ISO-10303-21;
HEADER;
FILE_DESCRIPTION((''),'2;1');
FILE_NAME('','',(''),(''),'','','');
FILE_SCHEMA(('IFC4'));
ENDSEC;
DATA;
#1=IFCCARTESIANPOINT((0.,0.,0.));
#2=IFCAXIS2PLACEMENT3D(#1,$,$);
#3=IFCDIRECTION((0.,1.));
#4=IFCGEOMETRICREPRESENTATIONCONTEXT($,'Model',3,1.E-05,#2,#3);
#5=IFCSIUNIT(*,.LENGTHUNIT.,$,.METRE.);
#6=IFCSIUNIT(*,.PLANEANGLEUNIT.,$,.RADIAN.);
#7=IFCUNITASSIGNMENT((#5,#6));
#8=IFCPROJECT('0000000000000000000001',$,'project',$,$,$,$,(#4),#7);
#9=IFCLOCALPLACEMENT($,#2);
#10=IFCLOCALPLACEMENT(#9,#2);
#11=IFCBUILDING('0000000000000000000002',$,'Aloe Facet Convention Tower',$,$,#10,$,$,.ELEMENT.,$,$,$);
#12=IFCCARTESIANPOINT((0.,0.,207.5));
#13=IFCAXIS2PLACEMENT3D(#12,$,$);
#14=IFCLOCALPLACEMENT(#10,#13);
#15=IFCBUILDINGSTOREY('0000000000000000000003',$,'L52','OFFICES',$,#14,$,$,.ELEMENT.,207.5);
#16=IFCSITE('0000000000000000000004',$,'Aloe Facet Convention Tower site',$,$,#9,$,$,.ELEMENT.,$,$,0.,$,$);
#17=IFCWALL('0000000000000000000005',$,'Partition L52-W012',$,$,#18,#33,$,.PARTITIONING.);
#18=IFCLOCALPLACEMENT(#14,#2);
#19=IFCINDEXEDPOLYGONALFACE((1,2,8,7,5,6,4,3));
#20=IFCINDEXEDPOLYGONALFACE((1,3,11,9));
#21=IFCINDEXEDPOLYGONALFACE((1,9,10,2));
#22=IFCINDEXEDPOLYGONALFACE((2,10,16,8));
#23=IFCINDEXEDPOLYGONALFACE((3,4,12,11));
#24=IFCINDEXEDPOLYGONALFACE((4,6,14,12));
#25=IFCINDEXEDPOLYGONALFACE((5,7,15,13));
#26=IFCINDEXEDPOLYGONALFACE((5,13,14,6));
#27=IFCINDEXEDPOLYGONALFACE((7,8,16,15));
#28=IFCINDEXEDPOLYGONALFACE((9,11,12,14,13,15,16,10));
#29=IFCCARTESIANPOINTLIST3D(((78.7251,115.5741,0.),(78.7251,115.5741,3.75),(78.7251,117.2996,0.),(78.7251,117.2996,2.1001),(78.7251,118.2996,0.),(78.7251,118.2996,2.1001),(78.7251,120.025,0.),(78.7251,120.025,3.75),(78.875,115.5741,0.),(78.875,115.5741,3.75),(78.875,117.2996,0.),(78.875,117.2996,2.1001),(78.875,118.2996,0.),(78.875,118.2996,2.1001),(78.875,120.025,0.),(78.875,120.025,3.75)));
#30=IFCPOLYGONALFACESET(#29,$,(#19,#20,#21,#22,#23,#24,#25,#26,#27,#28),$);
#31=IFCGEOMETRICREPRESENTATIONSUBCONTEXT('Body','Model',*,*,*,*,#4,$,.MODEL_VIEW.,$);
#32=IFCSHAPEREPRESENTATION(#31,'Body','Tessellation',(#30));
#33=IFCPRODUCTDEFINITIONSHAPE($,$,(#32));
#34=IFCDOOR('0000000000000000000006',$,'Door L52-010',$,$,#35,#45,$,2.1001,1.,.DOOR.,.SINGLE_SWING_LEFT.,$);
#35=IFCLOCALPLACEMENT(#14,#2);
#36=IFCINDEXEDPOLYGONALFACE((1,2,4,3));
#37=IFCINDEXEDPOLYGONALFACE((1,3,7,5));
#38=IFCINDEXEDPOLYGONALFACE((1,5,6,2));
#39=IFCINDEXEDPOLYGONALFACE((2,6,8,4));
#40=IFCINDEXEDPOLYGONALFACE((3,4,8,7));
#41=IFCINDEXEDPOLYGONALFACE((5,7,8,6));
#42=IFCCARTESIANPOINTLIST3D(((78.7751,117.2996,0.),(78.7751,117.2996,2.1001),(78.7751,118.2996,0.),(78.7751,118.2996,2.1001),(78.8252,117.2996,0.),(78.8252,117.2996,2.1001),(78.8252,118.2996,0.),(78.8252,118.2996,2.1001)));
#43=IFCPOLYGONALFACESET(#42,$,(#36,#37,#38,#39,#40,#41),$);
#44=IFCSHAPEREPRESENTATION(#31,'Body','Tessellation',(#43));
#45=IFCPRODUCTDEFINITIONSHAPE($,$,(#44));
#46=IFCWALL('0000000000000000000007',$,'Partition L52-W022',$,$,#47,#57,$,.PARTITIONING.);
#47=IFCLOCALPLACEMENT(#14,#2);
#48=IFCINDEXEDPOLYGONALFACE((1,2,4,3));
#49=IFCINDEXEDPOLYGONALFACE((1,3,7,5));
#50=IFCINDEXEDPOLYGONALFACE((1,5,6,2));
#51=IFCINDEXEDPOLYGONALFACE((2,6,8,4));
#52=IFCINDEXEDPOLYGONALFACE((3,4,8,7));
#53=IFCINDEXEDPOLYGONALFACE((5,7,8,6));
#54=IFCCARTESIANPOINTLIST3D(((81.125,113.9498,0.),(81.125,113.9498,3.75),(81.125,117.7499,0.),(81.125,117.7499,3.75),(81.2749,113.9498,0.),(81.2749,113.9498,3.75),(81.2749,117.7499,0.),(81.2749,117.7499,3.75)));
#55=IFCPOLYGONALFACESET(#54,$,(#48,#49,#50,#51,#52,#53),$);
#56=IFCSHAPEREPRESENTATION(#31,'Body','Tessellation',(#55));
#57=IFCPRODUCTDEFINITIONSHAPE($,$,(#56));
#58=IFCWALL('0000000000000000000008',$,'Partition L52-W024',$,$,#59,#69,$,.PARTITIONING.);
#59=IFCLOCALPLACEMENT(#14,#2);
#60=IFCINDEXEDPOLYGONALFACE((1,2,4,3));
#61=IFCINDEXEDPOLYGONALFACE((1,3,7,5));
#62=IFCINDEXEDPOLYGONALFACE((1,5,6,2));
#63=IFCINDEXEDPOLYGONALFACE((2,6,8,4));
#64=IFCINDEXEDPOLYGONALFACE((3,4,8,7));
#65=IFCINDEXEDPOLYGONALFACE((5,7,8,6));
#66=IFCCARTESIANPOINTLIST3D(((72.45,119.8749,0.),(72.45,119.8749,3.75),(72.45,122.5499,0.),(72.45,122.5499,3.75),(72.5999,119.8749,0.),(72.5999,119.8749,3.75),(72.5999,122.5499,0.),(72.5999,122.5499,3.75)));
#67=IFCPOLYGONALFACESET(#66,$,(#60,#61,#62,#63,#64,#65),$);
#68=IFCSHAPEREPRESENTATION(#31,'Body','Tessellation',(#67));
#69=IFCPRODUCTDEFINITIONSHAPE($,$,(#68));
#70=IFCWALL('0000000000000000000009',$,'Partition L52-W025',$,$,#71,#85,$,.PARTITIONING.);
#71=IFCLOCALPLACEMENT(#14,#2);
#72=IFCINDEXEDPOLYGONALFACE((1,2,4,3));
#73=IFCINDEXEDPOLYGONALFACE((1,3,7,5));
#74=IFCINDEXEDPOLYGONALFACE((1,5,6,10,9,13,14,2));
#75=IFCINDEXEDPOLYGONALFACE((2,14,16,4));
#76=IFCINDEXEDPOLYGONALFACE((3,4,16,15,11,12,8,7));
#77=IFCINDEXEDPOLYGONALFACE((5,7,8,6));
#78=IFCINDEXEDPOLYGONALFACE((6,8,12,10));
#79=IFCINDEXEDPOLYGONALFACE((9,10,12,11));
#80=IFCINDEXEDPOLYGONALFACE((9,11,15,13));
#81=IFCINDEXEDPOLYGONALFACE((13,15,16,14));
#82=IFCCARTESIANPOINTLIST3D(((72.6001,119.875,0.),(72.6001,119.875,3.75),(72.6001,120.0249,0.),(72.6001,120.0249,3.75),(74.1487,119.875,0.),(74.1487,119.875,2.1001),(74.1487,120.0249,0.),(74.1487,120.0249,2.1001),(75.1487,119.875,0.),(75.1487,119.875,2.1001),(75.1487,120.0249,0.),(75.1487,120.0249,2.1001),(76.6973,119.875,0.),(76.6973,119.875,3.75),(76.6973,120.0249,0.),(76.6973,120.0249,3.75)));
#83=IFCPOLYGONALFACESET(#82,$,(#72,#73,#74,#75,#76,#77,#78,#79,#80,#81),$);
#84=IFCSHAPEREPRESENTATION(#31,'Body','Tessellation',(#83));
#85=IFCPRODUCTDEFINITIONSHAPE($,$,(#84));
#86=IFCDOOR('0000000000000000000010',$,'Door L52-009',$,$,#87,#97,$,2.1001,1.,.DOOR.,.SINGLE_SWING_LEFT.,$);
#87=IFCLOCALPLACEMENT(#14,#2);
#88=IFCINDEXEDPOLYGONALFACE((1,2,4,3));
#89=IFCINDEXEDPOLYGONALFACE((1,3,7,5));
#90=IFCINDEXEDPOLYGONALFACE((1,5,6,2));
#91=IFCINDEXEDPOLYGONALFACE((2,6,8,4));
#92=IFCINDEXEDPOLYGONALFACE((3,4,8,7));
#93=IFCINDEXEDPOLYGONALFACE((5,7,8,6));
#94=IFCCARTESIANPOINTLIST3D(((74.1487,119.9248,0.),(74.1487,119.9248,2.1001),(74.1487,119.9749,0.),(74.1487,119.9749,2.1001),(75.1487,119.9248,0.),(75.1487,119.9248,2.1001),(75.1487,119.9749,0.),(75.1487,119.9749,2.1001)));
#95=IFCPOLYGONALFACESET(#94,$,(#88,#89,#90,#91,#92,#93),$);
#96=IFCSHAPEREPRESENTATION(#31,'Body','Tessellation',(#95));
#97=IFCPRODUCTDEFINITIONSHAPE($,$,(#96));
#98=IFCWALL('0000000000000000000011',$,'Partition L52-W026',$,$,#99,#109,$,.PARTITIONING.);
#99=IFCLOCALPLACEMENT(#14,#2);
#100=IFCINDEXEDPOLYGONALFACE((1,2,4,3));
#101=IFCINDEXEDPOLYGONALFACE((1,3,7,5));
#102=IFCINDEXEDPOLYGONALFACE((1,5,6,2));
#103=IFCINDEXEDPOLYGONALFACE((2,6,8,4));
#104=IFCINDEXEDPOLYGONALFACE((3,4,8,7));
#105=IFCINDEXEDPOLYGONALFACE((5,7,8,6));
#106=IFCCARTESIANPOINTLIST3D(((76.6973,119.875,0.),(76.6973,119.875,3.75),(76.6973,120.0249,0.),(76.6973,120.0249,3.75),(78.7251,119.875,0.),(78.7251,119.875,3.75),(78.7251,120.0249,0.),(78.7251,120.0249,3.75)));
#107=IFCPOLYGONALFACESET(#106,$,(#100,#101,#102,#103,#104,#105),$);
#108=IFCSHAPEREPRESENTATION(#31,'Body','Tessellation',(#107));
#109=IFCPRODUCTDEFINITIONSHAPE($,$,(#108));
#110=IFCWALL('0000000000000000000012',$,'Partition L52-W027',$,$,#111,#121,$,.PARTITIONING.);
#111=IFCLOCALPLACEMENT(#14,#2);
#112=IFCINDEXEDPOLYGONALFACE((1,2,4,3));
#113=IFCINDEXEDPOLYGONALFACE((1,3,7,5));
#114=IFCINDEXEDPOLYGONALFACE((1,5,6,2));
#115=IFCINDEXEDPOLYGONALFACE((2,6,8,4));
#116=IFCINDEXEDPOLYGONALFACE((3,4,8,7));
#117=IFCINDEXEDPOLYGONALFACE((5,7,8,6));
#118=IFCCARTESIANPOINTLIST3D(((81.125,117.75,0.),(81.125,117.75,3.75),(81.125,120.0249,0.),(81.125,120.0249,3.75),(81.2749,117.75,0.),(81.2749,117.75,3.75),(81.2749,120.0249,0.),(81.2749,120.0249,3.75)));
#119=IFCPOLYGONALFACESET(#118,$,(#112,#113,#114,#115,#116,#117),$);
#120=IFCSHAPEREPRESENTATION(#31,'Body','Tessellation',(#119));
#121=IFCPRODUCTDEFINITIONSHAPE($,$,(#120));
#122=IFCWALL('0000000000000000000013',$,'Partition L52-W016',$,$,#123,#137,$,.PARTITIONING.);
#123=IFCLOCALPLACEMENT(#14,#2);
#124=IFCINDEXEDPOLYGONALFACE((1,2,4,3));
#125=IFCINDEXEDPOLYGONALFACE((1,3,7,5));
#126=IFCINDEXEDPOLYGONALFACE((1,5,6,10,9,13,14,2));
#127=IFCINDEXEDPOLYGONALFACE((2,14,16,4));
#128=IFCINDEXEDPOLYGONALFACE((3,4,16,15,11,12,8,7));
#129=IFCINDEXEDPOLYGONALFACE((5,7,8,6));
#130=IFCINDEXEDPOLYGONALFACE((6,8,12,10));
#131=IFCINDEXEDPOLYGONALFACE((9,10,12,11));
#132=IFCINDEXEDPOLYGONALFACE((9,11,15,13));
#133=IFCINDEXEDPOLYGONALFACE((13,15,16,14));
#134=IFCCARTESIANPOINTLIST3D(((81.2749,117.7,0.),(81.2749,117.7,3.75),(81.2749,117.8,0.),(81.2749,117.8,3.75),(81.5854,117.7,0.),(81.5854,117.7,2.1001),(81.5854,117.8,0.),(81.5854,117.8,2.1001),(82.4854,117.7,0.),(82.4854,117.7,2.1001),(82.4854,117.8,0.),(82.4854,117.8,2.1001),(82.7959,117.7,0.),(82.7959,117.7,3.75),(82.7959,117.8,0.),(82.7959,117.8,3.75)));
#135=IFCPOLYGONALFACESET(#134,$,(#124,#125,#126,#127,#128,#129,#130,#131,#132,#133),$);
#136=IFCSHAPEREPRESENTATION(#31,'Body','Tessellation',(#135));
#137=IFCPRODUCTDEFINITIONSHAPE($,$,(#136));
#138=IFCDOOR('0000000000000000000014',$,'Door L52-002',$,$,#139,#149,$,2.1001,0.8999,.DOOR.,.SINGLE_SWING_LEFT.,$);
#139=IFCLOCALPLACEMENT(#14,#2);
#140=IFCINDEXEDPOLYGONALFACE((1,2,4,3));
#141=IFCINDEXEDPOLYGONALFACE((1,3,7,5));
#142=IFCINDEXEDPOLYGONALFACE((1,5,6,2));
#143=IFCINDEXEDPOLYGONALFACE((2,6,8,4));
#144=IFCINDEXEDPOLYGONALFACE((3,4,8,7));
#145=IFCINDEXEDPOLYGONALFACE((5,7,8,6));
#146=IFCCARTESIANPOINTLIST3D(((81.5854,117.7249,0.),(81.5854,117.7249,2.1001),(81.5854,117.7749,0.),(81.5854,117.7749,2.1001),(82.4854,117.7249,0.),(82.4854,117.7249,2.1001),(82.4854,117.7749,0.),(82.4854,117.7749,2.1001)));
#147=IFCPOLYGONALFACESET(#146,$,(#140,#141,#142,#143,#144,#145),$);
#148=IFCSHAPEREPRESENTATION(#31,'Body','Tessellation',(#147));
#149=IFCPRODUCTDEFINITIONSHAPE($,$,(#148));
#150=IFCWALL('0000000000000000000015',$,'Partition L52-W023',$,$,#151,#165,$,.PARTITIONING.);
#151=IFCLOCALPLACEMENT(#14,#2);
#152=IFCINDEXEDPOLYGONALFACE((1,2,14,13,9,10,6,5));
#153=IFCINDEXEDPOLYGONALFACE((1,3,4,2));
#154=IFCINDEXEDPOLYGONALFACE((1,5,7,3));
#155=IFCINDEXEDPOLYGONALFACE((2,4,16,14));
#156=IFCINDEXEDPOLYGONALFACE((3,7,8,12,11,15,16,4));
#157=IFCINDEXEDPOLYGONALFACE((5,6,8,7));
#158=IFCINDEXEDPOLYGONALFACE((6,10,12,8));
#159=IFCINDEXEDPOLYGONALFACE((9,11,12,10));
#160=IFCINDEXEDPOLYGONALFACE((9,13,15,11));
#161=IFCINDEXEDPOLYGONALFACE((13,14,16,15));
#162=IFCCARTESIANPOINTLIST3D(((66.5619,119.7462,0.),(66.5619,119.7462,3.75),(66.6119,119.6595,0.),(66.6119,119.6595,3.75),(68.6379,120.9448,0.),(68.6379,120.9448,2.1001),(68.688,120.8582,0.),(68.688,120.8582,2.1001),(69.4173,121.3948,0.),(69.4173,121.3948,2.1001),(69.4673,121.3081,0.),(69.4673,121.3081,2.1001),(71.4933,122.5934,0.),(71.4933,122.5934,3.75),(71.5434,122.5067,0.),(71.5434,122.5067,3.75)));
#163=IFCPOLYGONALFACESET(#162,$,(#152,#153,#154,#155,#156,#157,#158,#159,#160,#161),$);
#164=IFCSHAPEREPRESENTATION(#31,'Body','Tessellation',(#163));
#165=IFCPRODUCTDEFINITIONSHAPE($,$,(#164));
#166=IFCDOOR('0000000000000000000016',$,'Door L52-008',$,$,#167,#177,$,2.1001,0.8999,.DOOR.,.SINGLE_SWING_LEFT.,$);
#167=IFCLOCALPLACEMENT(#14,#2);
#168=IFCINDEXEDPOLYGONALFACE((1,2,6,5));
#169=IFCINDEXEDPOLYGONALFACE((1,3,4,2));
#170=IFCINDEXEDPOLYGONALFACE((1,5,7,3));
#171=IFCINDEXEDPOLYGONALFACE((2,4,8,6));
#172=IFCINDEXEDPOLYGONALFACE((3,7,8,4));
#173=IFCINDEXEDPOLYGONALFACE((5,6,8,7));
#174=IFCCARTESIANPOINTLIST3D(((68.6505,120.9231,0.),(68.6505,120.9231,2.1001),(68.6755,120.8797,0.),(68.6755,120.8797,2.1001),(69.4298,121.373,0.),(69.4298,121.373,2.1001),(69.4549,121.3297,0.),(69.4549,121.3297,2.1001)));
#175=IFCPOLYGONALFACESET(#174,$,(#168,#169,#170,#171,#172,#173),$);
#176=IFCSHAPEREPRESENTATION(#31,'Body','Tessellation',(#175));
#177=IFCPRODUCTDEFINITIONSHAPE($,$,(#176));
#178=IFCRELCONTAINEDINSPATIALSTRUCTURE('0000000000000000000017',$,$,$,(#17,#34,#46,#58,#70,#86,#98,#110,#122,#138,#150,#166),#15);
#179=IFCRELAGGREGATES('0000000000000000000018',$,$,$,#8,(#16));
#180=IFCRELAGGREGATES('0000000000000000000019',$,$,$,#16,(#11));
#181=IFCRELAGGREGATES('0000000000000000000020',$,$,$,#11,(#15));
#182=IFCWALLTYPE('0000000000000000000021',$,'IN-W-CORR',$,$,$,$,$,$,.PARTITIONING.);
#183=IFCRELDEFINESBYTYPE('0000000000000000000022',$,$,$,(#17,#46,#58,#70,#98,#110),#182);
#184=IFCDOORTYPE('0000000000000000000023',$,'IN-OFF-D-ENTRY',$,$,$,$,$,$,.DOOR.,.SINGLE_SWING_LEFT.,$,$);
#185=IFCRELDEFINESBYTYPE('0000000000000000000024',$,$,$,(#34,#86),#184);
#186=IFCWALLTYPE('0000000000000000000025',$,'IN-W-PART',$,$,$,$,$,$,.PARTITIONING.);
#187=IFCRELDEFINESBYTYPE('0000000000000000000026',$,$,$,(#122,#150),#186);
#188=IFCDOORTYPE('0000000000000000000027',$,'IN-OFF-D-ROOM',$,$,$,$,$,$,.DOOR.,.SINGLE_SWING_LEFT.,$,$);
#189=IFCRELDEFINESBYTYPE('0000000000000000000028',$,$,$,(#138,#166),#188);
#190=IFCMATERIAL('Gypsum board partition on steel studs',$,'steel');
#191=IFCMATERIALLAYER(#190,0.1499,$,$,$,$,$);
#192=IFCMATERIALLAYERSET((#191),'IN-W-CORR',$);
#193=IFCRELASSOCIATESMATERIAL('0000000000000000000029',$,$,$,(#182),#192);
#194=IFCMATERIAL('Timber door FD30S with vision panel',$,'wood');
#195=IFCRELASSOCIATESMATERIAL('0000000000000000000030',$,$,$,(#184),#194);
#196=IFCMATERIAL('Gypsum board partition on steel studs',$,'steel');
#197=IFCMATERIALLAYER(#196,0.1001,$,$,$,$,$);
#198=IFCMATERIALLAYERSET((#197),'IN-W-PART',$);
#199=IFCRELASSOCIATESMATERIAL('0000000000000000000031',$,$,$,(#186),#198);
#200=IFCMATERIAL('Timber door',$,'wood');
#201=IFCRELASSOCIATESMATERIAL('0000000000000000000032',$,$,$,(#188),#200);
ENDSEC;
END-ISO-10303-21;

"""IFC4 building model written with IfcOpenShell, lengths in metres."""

from ifc_helpers import new_model, si_unit, direction, frame, frame_2d, origin, place, context, subcontext, project, spatial, rectangle, extrude, material, layer, layer_set, type_object, element, fill, save


model = new_model("IFC4")

# Units and contexts
model_context = context("Model", 3, precision=1e-05, world=origin(), true_north=direction((0.0, 1.0)))
body_context = subcontext(model_context, "Body", "Model", "MODEL_VIEW")
ifc_project = project(units=[si_unit("LENGTHUNIT", "METRE"), si_unit("PLANEANGLEUNIT", "RADIAN")], contexts=[model_context])

# Site, building, storey
site_placement = place(None, origin())
site = spatial("IfcSite", under=ifc_project, at=site_placement, Name="Aloe Facet Convention Tower site", CompositionType="ELEMENT", RefElevation=0.0)
building_placement = place(site_placement, origin())
building = spatial("IfcBuilding", under=site, at=building_placement, Name="Aloe Facet Convention Tower", CompositionType="ELEMENT")
storey_placement = place(building_placement, frame((0.0, 0.0, 207.5)))
storey = spatial("IfcBuildingStorey", under=building, at=storey_placement, Name="L52", Description="OFFICES", CompositionType="ELEMENT", Elevation=207.5)

# Wall, opening, door
ifc_material_1 = material(Name="Gypsum board partition on steel studs", Category="steel")
ifc_layer_1 = layer(ifc_material_1, 0.1499)
ifc_layer_set_1 = layer_set([ifc_layer_1], Name="IN-W-CORR")
wall_type_1 = type_object("IfcWallType", Name="IN-W-CORR", PredefinedType="PARTITIONING", material=ifc_layer_set_1)
wall_1_placement = place(storey_placement, frame((78.8, 115.574, 0.0), z_axis=(0.0, 0.0, 1.0), x_axis=(0.0, 1.0, 0.0)))
wall_1 = element("IfcWall", 1, at=wall_1_placement, inside=storey, type_object=wall_type_1, Name="Partition L52-W012", PredefinedType="PARTITIONING", context=body_context, shape_type="SweptSolid", body=[
    extrude(rectangle(XDim=4.4509, YDim=0.1499, at=frame_2d((2.2256, 0.0))), origin(), (0.0, 0.0, 1.0), 3.75),
])
opening_1_placement = place(wall_1_placement, frame((1.7256, 0.0, 0.0)))
opening_1 = element("IfcOpeningElement", 2, at=opening_1_placement, cuts=wall_1, PredefinedType="OPENING", context=body_context, shape_type="SweptSolid", body=[
    extrude(rectangle(XDim=1.0, YDim=2.1001, at=frame_2d((0.5, 1.05))), frame((0.0, 0.085, 0.0), z_axis=(0.0, -1.0, 0.0), x_axis=(1.0, 0.0, 0.0)), (0.0, 0.0, 1.0), 0.1699),
])
ifc_material_2 = material(Name="Timber door FD30S with vision panel", Category="wood")
door_type_1 = type_object("IfcDoorType", Name="IN-OFF-D-ENTRY", OperationType="SINGLE_SWING_LEFT", PredefinedType="DOOR", material=ifc_material_2)
door_1_placement = place(opening_1_placement, origin())
door_1 = element("IfcDoor", 3, at=door_1_placement, inside=storey, type_object=door_type_1, Name="Door L52-010", OperationType="SINGLE_SWING_LEFT", OverallHeight=2.1001, OverallWidth=1.0, PredefinedType="DOOR", context=body_context, shape_type="SweptSolid", body=[
    extrude(rectangle(XDim=1.0, YDim=2.1001, at=frame_2d((0.5, 1.05))), frame((0.0, 0.0249, 0.0), z_axis=(0.0, -1.0, 0.0), x_axis=(1.0, 0.0, 0.0)), (0.0, 0.0, 1.0), 0.05),
])
fill(opening_1, door_1)

# Walls
wall_2_placement = place(storey_placement, frame((81.2, 113.95, 0.0), z_axis=(0.0, 0.0, 1.0), x_axis=(0.0, 1.0, 0.0)))
element("IfcWall", 4, at=wall_2_placement, inside=storey, type_object=wall_type_1, Name="Partition L52-W022", PredefinedType="PARTITIONING", context=body_context, shape_type="SweptSolid", body=[
    extrude(rectangle(XDim=3.8, YDim=0.1499, at=frame_2d((1.8999, 0.0))), origin(), (0.0, 0.0, 1.0), 3.75),
])
wall_3_placement = place(storey_placement, frame((72.5249, 119.875, 0.0), z_axis=(0.0, 0.0, 1.0), x_axis=(0.0, 1.0, 0.0)))
element("IfcWall", 5, at=wall_3_placement, inside=storey, type_object=wall_type_1, Name="Partition L52-W024", PredefinedType="PARTITIONING", context=body_context, shape_type="SweptSolid", body=[
    extrude(rectangle(XDim=2.675, YDim=0.1499, at=frame_2d((1.3374, 0.0))), origin(), (0.0, 0.0, 1.0), 3.75),
])

# Wall, opening, door
wall_4_placement = place(storey_placement, frame((72.6001, 119.95, 0.0), z_axis=(0.0, 0.0, 1.0), x_axis=(1.0, 0.0, 0.0)))
wall_4 = element("IfcWall", 6, at=wall_4_placement, inside=storey, type_object=wall_type_1, Name="Partition L52-W025", PredefinedType="PARTITIONING", context=body_context, shape_type="SweptSolid", body=[
    extrude(rectangle(XDim=4.0972, YDim=0.1499, at=frame_2d((2.0486, 0.0))), origin(), (0.0, 0.0, 1.0), 3.75),
])
opening_2_placement = place(wall_4_placement, frame((1.5486, 0.0, 0.0)))
opening_2 = element("IfcOpeningElement", 7, at=opening_2_placement, cuts=wall_4, PredefinedType="OPENING", context=body_context, shape_type="SweptSolid", body=[
    extrude(rectangle(XDim=1.0, YDim=2.1001, at=frame_2d((0.5, 1.05))), frame((0.0, 0.085, 0.0), z_axis=(0.0, -1.0, 0.0), x_axis=(1.0, 0.0, 0.0)), (0.0, 0.0, 1.0), 0.1699),
])
door_2_placement = place(opening_2_placement, origin())
door_2 = element("IfcDoor", 8, at=door_2_placement, inside=storey, type_object=door_type_1, Name="Door L52-009", OperationType="SINGLE_SWING_LEFT", OverallHeight=2.1001, OverallWidth=1.0, PredefinedType="DOOR", context=body_context, shape_type="SweptSolid", body=[
    extrude(rectangle(XDim=1.0, YDim=2.1001, at=frame_2d((0.5, 1.05))), frame((0.0, 0.0249, 0.0), z_axis=(0.0, -1.0, 0.0), x_axis=(1.0, 0.0, 0.0)), (0.0, 0.0, 1.0), 0.05),
])
fill(opening_2, door_2)

# Walls
wall_5_placement = place(storey_placement, frame((76.6973, 119.95, 0.0), z_axis=(0.0, 0.0, 1.0), x_axis=(1.0, 0.0, 0.0)))
element("IfcWall", 9, at=wall_5_placement, inside=storey, type_object=wall_type_1, Name="Partition L52-W026", PredefinedType="PARTITIONING", context=body_context, shape_type="SweptSolid", body=[
    extrude(rectangle(XDim=2.0278, YDim=0.1499, at=frame_2d((1.0139, 0.0))), origin(), (0.0, 0.0, 1.0), 3.75),
])
wall_6_placement = place(storey_placement, frame((81.2, 117.75, 0.0), z_axis=(0.0, 0.0, 1.0), x_axis=(0.0, 1.0, 0.0)))
element("IfcWall", 10, at=wall_6_placement, inside=storey, type_object=wall_type_1, Name="Partition L52-W027", PredefinedType="PARTITIONING", context=body_context, shape_type="SweptSolid", body=[
    extrude(rectangle(XDim=2.2749, YDim=0.1499, at=frame_2d((1.1375, 0.0))), origin(), (0.0, 0.0, 1.0), 3.75),
])

# Walls, openings, doors
ifc_material_3 = material(Name="Gypsum board partition on steel studs", Category="steel")
ifc_layer_2 = layer(ifc_material_3, 0.1001)
ifc_layer_set_2 = layer_set([ifc_layer_2], Name="IN-W-PART")
wall_type_2 = type_object("IfcWallType", Name="IN-W-PART", PredefinedType="PARTITIONING", material=ifc_layer_set_2)
wall_7_placement = place(storey_placement, frame((81.2749, 117.75, 0.0), z_axis=(0.0, 0.0, 1.0), x_axis=(1.0, 0.0, 0.0)))
wall_7 = element("IfcWall", 11, at=wall_7_placement, inside=storey, type_object=wall_type_2, Name="Partition L52-W016", PredefinedType="PARTITIONING", context=body_context, shape_type="SweptSolid", body=[
    extrude(rectangle(XDim=1.521, YDim=0.1001, at=frame_2d((0.7605, 0.0))), origin(), (0.0, 0.0, 1.0), 3.75),
])
opening_3_placement = place(wall_7_placement, frame((0.3105, 0.0, 0.0)))
opening_3 = element("IfcOpeningElement", 12, at=opening_3_placement, cuts=wall_7, PredefinedType="OPENING", context=body_context, shape_type="SweptSolid", body=[
    extrude(rectangle(XDim=0.8999, YDim=2.1001, at=frame_2d((0.45, 1.05))), frame((0.0, 0.0601, 0.0), z_axis=(0.0, -1.0, 0.0), x_axis=(1.0, 0.0, 0.0)), (0.0, 0.0, 1.0), 0.1201),
])
ifc_material_4 = material(Name="Timber door", Category="wood")
door_type_2 = type_object("IfcDoorType", Name="IN-OFF-D-ROOM", OperationType="SINGLE_SWING_LEFT", PredefinedType="DOOR", material=ifc_material_4)
door_3_placement = place(opening_3_placement, origin())
door_3 = element("IfcDoor", 13, at=door_3_placement, inside=storey, type_object=door_type_2, Name="Door L52-002", OperationType="SINGLE_SWING_LEFT", OverallHeight=2.1001, OverallWidth=0.8999, PredefinedType="DOOR", context=body_context, shape_type="SweptSolid", body=[
    extrude(rectangle(XDim=0.8999, YDim=2.1001, at=frame_2d((0.45, 1.05))), frame((0.0, 0.0249, 0.0), z_axis=(0.0, -1.0, 0.0), x_axis=(1.0, 0.0, 0.0)), (0.0, 0.0, 1.0), 0.05),
])
fill(opening_3, door_3)
wall_8_placement = place(storey_placement, frame((66.5869, 119.7029, 0.0), z_axis=(0.0, 0.0, 1.0), x_axis=(0.866024, 0.500003, 0.0)))
wall_8 = element("IfcWall", 14, at=wall_8_placement, inside=storey, type_object=wall_type_2, Name="Partition L52-W023", PredefinedType="PARTITIONING", context=body_context, shape_type="SweptSolid", body=[
    extrude(rectangle(XDim=5.6943, YDim=0.1001, at=frame_2d((2.8472, 0.0))), origin(), (0.0, 0.0, 1.0), 3.75),
])
opening_4_placement = place(wall_8_placement, frame((2.3972, 0.0, 0.0)))
opening_4 = element("IfcOpeningElement", 15, at=opening_4_placement, cuts=wall_8, PredefinedType="OPENING", context=body_context, shape_type="SweptSolid", body=[
    extrude(rectangle(XDim=0.8999, YDim=2.1001, at=frame_2d((0.45, 1.05))), frame((0.0, 0.0601, 0.0), z_axis=(0.0, -1.0, 0.0), x_axis=(1.0, 0.0, 0.0)), (0.0, 0.0, 1.0), 0.1201),
])
door_4_placement = place(opening_4_placement, origin())
door_4 = element("IfcDoor", 16, at=door_4_placement, inside=storey, type_object=door_type_2, Name="Door L52-008", OperationType="SINGLE_SWING_LEFT", OverallHeight=2.1001, OverallWidth=0.8999, PredefinedType="DOOR", context=body_context, shape_type="SweptSolid", body=[
    extrude(rectangle(XDim=0.8999, YDim=2.1001, at=frame_2d((0.45, 1.05))), frame((0.0, 0.0249, 0.0), z_axis=(0.0, -1.0, 0.0), x_axis=(1.0, 0.0, 0.0)), (0.0, 0.0, 1.0), 0.05),
])
fill(opening_4, door_4)

save(model, "model.ifc")
